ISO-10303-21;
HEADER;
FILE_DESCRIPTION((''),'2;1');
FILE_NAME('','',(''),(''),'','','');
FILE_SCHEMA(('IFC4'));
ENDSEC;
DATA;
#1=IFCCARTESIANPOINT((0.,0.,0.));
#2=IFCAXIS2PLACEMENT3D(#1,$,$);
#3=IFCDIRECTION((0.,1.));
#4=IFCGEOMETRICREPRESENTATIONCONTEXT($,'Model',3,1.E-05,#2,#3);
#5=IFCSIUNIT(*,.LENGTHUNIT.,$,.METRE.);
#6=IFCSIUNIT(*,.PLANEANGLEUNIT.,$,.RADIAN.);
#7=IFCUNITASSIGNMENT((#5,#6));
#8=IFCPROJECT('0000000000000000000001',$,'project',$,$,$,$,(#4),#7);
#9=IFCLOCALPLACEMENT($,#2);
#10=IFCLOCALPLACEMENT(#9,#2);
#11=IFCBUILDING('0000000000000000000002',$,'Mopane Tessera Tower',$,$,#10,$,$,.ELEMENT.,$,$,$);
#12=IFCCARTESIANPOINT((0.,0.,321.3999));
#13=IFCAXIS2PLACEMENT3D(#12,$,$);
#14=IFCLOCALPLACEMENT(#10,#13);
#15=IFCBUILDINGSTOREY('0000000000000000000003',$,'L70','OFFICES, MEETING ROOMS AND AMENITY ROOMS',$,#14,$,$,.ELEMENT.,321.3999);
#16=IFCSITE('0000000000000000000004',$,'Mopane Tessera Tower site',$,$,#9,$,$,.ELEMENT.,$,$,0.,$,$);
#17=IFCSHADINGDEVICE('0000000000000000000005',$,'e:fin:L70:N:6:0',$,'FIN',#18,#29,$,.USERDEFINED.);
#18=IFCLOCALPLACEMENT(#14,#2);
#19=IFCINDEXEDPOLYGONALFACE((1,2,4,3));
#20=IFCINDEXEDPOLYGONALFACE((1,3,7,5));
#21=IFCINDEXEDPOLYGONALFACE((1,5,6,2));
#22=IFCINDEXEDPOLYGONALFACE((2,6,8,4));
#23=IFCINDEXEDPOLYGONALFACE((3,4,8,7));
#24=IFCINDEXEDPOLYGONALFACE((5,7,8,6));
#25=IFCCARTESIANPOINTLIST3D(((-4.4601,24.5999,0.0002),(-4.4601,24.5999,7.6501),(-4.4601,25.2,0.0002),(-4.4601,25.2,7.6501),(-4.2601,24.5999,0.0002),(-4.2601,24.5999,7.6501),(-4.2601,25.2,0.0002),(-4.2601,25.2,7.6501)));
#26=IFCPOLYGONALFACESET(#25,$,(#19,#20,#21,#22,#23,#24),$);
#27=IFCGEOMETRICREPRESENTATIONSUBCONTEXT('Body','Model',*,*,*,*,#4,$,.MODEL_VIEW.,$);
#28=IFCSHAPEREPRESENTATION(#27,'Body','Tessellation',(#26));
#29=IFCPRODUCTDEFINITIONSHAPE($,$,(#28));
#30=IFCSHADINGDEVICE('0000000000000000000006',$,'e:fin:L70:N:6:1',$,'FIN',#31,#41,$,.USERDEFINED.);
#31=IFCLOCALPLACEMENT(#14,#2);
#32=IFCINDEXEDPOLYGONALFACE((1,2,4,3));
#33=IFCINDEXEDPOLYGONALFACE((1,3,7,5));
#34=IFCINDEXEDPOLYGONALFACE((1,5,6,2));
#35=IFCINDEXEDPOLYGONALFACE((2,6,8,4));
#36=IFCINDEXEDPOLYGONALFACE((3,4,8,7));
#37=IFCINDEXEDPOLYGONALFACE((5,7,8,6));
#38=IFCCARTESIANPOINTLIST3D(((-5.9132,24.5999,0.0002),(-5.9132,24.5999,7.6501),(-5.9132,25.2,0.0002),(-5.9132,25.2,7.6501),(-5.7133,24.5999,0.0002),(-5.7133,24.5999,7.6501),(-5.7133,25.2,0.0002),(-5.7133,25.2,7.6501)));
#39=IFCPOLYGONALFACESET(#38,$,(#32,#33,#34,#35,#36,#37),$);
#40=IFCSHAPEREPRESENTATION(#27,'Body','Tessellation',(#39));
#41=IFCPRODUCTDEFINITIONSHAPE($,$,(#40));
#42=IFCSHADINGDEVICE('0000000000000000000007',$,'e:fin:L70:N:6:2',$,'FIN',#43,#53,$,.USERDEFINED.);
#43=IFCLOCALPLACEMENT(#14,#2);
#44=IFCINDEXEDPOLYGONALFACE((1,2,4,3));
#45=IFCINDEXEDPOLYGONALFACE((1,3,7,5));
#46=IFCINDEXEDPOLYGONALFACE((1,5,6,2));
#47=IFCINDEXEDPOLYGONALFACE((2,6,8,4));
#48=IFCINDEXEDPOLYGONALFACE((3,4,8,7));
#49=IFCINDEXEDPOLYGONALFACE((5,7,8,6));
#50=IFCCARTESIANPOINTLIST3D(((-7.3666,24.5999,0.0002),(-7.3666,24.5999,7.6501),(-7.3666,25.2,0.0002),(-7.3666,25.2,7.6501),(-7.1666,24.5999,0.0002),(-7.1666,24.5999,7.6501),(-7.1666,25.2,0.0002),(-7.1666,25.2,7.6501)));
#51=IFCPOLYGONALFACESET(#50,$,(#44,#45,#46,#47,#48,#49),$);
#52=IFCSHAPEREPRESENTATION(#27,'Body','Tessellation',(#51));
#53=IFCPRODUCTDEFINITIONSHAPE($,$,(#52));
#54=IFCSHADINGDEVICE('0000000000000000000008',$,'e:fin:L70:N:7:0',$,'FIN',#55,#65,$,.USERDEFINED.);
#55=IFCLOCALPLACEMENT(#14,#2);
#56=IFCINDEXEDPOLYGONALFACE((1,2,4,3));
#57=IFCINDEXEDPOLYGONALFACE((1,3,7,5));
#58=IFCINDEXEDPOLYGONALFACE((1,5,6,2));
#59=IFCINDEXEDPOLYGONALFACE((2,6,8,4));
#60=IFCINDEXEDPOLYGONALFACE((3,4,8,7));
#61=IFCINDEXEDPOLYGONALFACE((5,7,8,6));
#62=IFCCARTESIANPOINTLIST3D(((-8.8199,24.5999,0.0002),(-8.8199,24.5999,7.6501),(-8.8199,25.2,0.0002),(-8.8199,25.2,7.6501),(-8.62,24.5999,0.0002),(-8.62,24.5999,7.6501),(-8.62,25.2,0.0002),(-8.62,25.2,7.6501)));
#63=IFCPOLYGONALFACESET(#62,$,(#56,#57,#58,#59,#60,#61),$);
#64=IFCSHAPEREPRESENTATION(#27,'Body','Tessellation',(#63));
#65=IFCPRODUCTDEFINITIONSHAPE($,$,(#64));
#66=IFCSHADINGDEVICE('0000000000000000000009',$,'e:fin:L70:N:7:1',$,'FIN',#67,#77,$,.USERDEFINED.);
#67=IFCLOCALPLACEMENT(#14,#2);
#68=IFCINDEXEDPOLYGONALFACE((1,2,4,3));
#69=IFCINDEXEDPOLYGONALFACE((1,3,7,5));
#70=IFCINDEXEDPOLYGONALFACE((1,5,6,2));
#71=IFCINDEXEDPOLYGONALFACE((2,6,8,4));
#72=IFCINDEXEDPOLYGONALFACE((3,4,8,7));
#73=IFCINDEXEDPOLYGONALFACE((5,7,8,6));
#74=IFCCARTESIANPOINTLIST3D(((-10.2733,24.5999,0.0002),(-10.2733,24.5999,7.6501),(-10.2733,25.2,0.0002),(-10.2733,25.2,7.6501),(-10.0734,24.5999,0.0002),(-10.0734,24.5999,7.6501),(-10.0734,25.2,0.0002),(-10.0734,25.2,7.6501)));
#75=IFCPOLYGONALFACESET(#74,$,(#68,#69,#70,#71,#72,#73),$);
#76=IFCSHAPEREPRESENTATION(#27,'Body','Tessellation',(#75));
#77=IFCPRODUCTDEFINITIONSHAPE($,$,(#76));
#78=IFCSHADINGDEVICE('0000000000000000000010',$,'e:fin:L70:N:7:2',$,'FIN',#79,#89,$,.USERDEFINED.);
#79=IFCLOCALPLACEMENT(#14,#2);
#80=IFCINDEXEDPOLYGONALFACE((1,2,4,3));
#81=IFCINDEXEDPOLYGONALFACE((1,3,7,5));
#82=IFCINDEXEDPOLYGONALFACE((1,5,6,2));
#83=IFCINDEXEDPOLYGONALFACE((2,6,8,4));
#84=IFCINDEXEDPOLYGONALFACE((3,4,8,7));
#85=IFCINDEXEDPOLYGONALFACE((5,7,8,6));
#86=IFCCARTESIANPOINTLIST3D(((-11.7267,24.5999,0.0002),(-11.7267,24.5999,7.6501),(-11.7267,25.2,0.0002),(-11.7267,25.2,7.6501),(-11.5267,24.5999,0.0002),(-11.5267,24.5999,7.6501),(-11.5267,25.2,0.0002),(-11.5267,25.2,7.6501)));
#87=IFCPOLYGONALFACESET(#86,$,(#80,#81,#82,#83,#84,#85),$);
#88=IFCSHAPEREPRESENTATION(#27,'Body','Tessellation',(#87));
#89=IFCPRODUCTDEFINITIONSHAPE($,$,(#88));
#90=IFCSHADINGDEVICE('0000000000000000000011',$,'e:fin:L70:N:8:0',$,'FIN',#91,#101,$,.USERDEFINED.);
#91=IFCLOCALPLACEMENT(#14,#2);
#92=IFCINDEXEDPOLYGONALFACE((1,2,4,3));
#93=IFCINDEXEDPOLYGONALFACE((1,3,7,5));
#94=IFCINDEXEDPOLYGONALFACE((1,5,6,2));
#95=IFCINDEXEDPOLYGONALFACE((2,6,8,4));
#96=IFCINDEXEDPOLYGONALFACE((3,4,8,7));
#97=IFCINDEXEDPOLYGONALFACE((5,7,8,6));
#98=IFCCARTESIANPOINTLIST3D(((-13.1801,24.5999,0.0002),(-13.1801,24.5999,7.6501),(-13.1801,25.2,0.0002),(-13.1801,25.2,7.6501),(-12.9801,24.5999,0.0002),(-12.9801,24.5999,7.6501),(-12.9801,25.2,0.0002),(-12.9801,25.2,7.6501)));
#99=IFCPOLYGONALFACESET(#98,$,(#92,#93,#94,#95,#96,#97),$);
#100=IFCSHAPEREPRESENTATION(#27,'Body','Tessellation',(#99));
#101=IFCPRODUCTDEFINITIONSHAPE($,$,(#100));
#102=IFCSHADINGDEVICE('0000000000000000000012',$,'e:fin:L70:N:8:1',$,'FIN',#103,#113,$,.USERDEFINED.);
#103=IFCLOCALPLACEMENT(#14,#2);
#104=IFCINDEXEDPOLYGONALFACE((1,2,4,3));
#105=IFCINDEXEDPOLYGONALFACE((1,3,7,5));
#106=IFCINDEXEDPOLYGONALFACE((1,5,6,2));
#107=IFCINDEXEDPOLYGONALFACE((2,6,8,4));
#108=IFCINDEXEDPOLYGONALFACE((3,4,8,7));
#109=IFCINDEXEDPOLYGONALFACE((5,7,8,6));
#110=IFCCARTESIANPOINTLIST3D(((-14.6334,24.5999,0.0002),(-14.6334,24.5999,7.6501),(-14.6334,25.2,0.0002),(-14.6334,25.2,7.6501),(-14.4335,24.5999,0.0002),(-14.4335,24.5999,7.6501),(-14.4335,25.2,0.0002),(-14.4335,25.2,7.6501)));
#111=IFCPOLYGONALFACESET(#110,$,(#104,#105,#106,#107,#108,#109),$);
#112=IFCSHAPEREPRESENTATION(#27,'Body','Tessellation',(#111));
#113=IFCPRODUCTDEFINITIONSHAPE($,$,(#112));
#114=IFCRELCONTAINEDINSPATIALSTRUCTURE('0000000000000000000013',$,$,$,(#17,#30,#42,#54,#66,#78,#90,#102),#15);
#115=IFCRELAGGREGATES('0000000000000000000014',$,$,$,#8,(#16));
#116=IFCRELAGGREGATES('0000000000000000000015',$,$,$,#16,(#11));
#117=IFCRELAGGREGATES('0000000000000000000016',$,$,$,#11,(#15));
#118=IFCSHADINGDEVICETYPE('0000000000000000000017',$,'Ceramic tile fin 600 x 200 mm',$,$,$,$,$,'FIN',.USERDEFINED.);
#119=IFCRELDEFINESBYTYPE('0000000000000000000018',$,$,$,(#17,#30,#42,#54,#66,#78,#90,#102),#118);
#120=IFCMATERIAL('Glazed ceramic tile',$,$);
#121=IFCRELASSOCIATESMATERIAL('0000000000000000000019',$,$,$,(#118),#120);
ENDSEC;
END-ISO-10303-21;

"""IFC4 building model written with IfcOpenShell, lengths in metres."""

from ifc_helpers import new_model, si_unit, direction, frame, origin, origin_2d, place, context, subcontext, project, spatial, rectangle, extrude, material, type_object, element, save


model = new_model("IFC4")

# Units and contexts
model_context = context("Model", 3, precision=1e-05, world=origin(), true_north=direction((0.0, 1.0)))
body_context = subcontext(model_context, "Body", "Model", "MODEL_VIEW")
ifc_project = project(units=[si_unit("LENGTHUNIT", "METRE"), si_unit("PLANEANGLEUNIT", "RADIAN")], contexts=[model_context])

# Site, building, storey
site_placement = place(None, origin())
site = spatial("IfcSite", under=ifc_project, at=site_placement, Name="Mopane Tessera Tower site", CompositionType="ELEMENT", RefElevation=0.0)
building_placement = place(site_placement, origin())
building = spatial("IfcBuilding", under=site, at=building_placement, Name="Mopane Tessera Tower", CompositionType="ELEMENT")
storey_placement = place(building_placement, frame((0.0, 0.0, 321.3999)))
storey = spatial("IfcBuildingStorey", under=building, at=storey_placement, Name="L70", Description="OFFICES, MEETING ROOMS AND AMENITY ROOMS", CompositionType="ELEMENT", Elevation=321.3999)

# Shading devices
ifc_material_1 = material(Name="Glazed ceramic tile")
shading_device_type = type_object("IfcShadingDeviceType", Name="Ceramic tile fin 600 x 200 mm", ElementType="FIN", PredefinedType="USERDEFINED", material=ifc_material_1)
for number, where, z_axis, x_axis, name in (
    (1, (-4.3601, 24.8999, 0.0002), (0.0, 0.0, 1.0), (-1.0, 0.0, 0.0), "e:fin:L70:N:6:0"),
    (2, (-5.8132, 24.8999, 0.0002), (0.0, 0.0, 1.0), (-1.0, 0.0, 0.0), "e:fin:L70:N:6:1"),
    (3, (-7.2666, 24.8999, 0.0002), (0.0, 0.0, 1.0), (-1.0, 0.0, 0.0), "e:fin:L70:N:6:2"),
    (4, (-8.72, 24.8999, 0.0002), (0.0, 0.0, 1.0), (-1.0, 0.0, 0.0), "e:fin:L70:N:7:0"),
    (5, (-10.1733, 24.8999, 0.0002), (0.0, 0.0, 1.0), (-1.0, 0.0, 0.0), "e:fin:L70:N:7:1"),
    (6, (-11.6267, 24.8999, 0.0002), (0.0, 0.0, 1.0), (-1.0, 0.0, 0.0), "e:fin:L70:N:7:2"),
    (7, (-13.0801, 24.8999, 0.0002), (0.0, 0.0, 1.0), (-1.0, 0.0, 0.0), "e:fin:L70:N:8:0"),
    (8, (-14.5334, 24.8999, 0.0002), (0.0, 0.0, 1.0), (-1.0, 0.0, 0.0), "e:fin:L70:N:8:1"),
):
    element("IfcShadingDevice", number, at=place(storey_placement, frame(where, z_axis=z_axis, x_axis=x_axis)), inside=storey, type_object=shading_device_type, Name=name, ObjectType="FIN", PredefinedType="USERDEFINED", context=body_context, shape_type="SweptSolid", body=[
        extrude(rectangle(XDim=0.2, YDim=0.6001, at=origin_2d()), origin(), (0.0, 0.0, 1.0), 7.6499),
    ])

save(model, "model.ifc")
